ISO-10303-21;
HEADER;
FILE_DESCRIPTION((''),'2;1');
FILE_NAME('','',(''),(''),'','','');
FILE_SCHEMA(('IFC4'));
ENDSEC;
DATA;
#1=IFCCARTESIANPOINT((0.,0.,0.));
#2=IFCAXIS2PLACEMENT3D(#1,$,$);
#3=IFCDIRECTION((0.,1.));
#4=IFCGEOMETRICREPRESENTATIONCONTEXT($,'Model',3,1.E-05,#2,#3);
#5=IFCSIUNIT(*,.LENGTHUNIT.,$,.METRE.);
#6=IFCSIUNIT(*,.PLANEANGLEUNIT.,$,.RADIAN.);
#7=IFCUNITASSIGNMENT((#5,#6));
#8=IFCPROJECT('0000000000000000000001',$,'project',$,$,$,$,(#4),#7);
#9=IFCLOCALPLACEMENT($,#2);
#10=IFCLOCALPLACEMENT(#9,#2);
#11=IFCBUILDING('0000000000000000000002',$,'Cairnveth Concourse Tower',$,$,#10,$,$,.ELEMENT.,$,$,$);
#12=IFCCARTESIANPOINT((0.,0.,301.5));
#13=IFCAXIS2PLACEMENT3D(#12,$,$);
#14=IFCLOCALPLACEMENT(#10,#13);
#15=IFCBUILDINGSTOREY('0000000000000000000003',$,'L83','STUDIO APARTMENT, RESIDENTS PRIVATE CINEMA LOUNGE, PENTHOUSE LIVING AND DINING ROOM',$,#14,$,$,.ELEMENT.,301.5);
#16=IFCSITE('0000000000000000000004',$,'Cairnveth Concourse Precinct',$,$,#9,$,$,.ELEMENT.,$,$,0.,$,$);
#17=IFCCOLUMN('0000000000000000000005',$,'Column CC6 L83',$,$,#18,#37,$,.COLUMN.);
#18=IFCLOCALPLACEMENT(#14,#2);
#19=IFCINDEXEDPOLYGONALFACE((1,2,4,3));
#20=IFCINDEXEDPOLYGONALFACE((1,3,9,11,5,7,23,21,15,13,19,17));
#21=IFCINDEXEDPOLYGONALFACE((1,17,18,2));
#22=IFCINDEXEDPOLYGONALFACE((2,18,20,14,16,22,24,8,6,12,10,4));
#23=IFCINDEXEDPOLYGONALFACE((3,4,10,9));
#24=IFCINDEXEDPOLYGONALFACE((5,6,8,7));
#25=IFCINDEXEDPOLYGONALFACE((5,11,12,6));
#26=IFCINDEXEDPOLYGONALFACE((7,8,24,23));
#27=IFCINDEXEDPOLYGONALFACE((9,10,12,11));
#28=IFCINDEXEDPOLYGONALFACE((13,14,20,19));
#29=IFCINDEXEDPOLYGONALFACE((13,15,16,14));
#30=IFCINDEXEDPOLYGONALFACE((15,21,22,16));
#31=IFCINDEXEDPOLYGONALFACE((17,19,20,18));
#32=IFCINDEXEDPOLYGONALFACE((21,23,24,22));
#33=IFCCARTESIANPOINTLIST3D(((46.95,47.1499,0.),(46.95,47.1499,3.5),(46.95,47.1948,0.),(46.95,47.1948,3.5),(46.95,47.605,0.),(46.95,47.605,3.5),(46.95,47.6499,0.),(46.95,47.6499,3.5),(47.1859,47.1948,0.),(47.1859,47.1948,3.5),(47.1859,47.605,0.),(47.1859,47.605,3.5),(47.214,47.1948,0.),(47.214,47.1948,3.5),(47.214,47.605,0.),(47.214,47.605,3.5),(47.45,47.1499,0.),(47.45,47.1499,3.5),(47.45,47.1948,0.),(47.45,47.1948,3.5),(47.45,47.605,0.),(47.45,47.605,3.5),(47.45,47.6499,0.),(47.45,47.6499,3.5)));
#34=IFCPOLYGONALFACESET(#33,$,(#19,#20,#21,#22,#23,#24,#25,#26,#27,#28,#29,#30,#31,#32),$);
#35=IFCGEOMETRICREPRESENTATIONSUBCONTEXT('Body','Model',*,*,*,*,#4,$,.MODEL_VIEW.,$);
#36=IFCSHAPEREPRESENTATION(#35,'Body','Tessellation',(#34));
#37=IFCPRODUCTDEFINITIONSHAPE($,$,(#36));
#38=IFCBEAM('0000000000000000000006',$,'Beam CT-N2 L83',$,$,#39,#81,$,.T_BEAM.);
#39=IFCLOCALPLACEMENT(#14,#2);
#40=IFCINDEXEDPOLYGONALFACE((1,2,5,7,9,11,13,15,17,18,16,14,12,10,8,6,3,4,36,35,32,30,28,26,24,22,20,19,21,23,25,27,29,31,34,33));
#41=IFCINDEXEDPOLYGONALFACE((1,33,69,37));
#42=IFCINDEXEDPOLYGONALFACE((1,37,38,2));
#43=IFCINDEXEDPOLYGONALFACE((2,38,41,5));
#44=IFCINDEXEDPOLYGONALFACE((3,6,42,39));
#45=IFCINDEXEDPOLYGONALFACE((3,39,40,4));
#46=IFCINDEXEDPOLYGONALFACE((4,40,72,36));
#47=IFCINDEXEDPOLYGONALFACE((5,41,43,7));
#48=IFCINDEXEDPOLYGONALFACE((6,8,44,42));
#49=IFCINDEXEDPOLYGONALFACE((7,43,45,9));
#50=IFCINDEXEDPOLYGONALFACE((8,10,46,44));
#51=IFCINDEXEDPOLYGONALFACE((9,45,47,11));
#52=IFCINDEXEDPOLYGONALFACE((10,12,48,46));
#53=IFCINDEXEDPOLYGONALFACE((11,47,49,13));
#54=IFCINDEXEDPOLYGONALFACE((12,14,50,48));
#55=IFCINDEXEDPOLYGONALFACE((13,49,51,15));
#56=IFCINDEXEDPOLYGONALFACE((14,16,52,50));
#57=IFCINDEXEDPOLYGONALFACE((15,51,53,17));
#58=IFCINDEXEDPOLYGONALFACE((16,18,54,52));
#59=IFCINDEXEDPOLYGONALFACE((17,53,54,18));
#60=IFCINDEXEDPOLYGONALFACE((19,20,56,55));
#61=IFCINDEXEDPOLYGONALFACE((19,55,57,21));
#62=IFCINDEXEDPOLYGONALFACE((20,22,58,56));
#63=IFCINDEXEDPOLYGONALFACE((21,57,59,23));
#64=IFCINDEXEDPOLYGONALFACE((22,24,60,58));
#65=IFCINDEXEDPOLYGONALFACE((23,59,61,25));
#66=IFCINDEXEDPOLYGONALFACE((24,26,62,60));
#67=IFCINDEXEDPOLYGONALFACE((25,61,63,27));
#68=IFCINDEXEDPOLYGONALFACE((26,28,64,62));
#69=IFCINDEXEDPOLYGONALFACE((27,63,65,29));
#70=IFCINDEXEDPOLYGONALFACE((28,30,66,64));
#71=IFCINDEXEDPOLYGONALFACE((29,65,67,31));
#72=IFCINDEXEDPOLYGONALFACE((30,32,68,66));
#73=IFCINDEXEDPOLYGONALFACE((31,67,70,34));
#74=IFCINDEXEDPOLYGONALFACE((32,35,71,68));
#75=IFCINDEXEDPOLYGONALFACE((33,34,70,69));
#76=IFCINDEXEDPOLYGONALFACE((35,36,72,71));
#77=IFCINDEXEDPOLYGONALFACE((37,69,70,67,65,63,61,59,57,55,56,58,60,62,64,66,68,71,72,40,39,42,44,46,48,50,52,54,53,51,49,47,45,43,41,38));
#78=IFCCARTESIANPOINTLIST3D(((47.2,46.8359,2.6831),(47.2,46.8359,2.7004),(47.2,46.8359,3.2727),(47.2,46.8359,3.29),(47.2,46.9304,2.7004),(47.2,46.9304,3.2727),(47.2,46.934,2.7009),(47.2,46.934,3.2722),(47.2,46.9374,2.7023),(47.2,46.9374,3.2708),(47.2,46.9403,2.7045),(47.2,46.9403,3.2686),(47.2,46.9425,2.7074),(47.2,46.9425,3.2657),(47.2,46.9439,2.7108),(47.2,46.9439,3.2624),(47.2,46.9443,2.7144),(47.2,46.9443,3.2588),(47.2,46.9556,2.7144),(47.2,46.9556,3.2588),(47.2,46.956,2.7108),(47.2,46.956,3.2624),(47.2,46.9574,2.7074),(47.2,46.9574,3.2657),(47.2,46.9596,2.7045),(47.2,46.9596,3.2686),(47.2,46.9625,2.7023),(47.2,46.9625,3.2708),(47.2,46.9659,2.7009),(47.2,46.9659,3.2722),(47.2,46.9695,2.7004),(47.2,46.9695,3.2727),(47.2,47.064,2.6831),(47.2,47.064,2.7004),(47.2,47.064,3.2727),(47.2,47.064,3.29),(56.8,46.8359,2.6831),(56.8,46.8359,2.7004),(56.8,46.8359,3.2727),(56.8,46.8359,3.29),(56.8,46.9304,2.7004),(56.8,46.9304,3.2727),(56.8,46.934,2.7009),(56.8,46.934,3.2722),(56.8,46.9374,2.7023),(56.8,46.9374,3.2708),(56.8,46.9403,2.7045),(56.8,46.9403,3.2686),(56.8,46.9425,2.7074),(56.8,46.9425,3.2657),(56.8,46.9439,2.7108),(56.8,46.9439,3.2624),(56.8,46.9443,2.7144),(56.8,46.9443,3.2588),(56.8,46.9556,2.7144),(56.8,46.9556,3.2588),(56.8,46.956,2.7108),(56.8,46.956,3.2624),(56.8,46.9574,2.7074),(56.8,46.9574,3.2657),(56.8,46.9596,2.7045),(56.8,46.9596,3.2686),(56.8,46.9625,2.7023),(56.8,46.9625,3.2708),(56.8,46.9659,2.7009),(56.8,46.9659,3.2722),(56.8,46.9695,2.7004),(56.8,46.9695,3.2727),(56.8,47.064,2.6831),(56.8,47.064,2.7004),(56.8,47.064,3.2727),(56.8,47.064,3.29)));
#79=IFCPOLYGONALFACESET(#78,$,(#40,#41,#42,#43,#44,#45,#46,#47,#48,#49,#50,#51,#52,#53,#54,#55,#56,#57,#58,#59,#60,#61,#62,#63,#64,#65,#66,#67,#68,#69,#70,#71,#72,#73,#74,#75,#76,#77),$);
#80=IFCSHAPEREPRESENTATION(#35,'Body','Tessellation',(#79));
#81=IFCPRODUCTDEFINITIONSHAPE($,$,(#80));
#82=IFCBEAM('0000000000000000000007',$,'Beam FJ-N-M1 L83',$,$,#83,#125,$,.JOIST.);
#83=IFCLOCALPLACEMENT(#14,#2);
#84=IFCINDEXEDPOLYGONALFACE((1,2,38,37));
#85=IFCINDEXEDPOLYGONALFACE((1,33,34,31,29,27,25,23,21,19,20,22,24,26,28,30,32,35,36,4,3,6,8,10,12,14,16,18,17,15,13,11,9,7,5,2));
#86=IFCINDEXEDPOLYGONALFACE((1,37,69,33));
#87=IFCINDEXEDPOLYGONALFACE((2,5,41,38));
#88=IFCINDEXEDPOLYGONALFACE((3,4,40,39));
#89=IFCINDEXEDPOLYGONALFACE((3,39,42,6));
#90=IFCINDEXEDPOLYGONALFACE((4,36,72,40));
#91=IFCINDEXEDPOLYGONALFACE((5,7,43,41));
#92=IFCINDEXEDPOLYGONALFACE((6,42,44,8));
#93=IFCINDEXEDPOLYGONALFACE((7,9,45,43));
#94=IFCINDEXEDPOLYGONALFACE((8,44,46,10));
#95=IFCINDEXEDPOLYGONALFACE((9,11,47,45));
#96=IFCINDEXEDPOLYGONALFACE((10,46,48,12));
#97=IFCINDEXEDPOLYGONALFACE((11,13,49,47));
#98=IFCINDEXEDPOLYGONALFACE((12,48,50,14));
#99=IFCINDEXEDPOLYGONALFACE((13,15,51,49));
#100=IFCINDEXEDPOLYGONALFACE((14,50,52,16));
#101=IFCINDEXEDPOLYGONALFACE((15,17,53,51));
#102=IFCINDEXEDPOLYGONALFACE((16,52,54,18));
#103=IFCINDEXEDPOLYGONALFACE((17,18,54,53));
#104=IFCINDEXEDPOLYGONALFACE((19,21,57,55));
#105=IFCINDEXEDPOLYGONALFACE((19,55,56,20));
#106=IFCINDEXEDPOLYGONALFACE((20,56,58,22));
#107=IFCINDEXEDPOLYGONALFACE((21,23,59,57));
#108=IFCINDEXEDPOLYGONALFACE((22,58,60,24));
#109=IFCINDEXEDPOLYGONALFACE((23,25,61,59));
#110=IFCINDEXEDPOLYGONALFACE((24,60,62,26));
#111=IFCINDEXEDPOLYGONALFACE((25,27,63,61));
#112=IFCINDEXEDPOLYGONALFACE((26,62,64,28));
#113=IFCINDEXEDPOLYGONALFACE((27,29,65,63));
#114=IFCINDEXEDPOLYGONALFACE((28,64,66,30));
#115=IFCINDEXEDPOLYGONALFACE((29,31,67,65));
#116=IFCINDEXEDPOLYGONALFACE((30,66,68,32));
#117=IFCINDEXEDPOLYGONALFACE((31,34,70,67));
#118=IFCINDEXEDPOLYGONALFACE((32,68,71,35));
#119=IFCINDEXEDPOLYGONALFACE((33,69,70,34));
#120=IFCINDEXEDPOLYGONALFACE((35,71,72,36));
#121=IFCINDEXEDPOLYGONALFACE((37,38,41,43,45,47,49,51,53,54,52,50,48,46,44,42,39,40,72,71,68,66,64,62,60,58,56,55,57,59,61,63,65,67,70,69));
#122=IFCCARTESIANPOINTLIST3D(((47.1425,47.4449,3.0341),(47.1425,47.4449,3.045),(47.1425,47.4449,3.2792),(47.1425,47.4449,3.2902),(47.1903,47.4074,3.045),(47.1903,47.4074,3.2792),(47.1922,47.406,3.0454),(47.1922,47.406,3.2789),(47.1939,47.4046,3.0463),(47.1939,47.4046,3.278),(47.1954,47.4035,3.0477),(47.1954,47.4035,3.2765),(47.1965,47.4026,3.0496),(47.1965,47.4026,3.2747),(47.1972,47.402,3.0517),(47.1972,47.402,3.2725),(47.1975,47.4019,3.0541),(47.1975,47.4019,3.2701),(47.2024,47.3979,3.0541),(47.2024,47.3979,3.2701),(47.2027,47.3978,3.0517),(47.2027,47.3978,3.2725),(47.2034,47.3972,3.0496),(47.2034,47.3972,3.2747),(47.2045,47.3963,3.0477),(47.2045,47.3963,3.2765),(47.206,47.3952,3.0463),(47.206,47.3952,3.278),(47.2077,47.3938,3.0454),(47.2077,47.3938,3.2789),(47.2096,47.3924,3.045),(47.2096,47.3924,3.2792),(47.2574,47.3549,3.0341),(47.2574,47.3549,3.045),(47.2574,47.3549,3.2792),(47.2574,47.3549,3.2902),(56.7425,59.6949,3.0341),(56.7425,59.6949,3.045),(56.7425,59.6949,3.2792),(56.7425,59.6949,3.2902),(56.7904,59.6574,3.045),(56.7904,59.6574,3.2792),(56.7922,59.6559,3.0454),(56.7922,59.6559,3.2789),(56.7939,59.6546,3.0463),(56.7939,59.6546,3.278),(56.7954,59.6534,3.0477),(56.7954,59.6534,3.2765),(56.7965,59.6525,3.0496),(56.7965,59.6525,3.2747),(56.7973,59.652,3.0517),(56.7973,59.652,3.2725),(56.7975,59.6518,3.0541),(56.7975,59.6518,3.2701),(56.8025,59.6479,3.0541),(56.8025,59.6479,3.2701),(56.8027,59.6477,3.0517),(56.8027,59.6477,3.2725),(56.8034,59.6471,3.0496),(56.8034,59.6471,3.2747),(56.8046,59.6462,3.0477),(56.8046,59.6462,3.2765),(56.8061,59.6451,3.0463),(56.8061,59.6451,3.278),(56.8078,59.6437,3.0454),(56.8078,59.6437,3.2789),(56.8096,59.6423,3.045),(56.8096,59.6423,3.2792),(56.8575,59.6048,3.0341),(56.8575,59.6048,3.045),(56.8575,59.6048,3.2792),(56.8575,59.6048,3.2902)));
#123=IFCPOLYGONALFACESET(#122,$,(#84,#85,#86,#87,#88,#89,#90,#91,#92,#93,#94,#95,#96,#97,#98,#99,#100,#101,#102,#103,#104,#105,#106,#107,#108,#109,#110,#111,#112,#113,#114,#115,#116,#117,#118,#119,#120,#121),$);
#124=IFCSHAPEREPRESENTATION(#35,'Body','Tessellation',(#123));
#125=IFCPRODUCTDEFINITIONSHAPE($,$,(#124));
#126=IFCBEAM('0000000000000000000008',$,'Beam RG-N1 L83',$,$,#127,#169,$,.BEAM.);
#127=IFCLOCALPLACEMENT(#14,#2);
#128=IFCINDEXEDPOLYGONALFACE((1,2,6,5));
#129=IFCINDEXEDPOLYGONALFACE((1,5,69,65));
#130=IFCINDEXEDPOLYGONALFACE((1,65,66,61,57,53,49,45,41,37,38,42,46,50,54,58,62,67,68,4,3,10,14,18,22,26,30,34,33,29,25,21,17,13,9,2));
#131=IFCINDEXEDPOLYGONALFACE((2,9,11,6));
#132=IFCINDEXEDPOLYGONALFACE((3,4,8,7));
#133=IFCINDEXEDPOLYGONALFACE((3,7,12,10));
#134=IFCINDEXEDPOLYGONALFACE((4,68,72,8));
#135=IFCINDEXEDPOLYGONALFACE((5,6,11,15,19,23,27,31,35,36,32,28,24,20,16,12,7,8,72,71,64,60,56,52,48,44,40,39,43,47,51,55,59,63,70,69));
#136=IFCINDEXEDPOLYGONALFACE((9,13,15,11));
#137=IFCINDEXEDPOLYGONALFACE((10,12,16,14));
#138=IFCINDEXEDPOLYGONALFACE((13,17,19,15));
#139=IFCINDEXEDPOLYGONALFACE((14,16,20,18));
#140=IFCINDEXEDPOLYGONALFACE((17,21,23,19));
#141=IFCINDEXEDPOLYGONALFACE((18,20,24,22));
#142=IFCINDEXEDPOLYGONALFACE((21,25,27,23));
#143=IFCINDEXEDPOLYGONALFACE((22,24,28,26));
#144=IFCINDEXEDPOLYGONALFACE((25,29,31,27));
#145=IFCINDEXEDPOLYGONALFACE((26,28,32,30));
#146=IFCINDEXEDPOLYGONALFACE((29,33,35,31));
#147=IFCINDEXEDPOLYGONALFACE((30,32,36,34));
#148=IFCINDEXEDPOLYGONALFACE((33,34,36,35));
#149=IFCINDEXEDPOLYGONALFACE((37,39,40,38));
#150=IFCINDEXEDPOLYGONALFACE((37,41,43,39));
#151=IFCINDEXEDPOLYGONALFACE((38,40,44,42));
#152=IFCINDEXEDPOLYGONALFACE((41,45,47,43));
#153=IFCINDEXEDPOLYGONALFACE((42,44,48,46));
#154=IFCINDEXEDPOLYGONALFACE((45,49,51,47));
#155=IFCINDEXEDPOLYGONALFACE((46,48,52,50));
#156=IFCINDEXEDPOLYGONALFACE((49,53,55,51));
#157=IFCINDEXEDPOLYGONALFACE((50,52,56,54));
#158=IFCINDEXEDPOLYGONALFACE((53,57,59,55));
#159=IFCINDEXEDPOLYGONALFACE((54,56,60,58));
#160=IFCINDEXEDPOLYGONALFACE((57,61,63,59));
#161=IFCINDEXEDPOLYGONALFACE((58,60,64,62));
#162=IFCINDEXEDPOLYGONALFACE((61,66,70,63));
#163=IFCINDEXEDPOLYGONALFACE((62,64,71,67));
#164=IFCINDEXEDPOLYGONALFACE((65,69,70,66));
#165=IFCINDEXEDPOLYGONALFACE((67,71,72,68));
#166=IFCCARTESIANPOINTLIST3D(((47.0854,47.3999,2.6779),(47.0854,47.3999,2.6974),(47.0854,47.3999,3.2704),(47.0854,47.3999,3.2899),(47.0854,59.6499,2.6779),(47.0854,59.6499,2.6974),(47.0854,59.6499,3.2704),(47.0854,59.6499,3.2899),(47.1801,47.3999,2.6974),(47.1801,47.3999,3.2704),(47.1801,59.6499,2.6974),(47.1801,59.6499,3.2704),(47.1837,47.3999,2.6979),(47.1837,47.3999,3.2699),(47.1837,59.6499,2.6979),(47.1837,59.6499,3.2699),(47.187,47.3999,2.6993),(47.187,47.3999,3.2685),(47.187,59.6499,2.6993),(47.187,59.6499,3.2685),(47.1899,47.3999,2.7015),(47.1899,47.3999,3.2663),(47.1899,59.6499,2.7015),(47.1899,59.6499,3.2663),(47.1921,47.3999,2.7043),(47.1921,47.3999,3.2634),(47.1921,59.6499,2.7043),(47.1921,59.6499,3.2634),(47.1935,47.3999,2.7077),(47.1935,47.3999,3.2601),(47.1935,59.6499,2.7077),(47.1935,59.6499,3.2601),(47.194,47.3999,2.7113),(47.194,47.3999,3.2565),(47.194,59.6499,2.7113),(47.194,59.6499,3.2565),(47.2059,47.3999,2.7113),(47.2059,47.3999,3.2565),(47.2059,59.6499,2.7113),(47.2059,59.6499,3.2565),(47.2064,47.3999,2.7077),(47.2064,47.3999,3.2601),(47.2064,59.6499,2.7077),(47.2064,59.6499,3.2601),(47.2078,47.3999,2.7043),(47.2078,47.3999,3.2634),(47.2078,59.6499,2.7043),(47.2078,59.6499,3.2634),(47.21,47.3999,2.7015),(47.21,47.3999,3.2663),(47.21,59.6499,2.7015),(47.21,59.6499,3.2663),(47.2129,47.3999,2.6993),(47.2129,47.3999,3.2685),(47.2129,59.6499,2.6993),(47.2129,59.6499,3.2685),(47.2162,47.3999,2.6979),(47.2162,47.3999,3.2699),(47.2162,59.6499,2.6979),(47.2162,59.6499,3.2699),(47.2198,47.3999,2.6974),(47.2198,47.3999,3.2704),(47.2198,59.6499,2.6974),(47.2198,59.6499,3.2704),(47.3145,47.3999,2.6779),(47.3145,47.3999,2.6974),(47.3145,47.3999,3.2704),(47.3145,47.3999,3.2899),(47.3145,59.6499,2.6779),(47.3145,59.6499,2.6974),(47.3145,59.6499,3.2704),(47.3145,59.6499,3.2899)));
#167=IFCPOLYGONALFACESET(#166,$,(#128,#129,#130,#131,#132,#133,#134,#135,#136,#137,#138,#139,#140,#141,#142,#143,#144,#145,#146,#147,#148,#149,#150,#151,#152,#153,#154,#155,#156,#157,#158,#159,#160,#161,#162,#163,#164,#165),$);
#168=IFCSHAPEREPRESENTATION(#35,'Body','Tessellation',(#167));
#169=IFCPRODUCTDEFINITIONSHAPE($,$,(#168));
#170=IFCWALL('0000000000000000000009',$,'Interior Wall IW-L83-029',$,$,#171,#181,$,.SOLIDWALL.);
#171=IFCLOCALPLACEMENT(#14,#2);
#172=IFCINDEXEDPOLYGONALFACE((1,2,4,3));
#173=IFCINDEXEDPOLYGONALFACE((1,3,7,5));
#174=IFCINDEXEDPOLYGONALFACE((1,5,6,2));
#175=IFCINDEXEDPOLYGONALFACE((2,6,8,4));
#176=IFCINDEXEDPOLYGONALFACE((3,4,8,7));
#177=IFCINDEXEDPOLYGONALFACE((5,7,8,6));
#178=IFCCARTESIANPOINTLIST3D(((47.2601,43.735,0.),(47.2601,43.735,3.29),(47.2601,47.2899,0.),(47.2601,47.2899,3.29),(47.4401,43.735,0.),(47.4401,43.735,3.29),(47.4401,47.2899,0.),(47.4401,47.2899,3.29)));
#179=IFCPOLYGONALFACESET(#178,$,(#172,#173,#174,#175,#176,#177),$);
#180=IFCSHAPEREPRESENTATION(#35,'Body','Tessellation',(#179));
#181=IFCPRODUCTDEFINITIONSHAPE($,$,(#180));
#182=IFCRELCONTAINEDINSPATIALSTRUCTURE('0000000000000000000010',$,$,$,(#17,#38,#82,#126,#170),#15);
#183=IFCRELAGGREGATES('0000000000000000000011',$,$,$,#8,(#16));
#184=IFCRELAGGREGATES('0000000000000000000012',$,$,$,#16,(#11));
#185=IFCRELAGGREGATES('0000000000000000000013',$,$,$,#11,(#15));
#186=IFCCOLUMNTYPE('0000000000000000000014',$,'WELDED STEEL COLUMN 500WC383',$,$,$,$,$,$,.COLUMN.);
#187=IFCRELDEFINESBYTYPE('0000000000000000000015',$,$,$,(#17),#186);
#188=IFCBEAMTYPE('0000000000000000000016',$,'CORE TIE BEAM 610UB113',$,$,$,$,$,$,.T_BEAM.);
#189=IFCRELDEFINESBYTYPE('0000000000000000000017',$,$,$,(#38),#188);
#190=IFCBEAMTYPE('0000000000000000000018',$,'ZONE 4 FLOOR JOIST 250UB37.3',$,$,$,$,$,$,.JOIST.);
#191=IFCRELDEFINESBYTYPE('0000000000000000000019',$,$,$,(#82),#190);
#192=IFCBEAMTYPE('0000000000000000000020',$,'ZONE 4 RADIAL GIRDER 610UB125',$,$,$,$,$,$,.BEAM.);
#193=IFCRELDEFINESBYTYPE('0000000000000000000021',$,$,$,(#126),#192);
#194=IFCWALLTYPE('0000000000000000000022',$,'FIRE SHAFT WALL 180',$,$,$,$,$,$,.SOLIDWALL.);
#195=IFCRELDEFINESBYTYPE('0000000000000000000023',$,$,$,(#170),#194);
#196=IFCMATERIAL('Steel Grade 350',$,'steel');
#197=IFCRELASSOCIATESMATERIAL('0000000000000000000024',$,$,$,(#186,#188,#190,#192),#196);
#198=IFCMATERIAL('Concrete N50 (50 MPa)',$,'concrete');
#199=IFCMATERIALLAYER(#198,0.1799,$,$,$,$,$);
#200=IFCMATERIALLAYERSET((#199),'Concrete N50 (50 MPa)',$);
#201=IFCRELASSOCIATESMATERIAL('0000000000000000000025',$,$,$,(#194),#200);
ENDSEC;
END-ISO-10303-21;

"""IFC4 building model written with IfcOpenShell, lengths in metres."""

from ifc_helpers import new_model, si_unit, direction, frame, frame_2d, origin, origin_2d, place, context, subcontext, project, spatial, rectangle, i_section, extrude, material, layer, layer_set, material_profile, profile_set, type_object, element, save


model = new_model("IFC4")

# Units and contexts
model_context = context("Model", 3, precision=1e-05, world=origin(), true_north=direction((0.0, 1.0)))
body_context = subcontext(model_context, "Body", "Model", "MODEL_VIEW")
ifc_project = project(units=[si_unit("LENGTHUNIT", "METRE"), si_unit("PLANEANGLEUNIT", "RADIAN")], contexts=[model_context])

# Site, building, storey
site_placement = place(None, origin())
site = spatial("IfcSite", under=ifc_project, at=site_placement, Name="Cairnveth Concourse Precinct", CompositionType="ELEMENT", RefElevation=0.0)
building_placement = place(site_placement, origin())
building = spatial("IfcBuilding", under=site, at=building_placement, Name="Cairnveth Concourse Tower", CompositionType="ELEMENT")
storey_placement = place(building_placement, frame((0.0, 0.0, 301.5)))
storey = spatial("IfcBuildingStorey", under=building, at=storey_placement, Name="L83", Description="STUDIO APARTMENT, RESIDENTS PRIVATE CINEMA LOUNGE, PENTHOUSE LIVING AND DINING ROOM", CompositionType="ELEMENT", Elevation=301.5)

# Column
ifc_material_1 = material(Name="Steel Grade 350", Category="steel")
ifc_material_profile_1 = material_profile(ifc_material_1, i_section(OverallWidth=0.5, OverallDepth=0.5, WebThickness=0.0281, FlangeThickness=0.0449, at=origin_2d()), Name="500WC383")
ifc_profile_set_1 = profile_set([ifc_material_profile_1], Name="Steel Grade 350")
column_type = type_object("IfcColumnType", Name="WELDED STEEL COLUMN 500WC383", PredefinedType="COLUMN", material=ifc_profile_set_1)
column_placement = place(storey_placement, frame((47.2, 47.3999, 0.0), z_axis=(0.0, 0.0, 1.0), x_axis=(1.0, 0.0, 0.0)))
element("IfcColumn", 1, at=column_placement, inside=storey, type_object=column_type, Name="Column CC6 L83", PredefinedType="COLUMN", context=body_context, shape_type="SweptSolid", body=[
    extrude(i_section(OverallWidth=0.5, OverallDepth=0.5, WebThickness=0.0281, FlangeThickness=0.0449, at=origin_2d()), origin(), (0.0, 0.0, 1.0), 3.5),
])

# Beams
ifc_material_profile_2 = material_profile(ifc_material_1, i_section(OverallWidth=0.228, OverallDepth=0.6069, WebThickness=0.0112, FlangeThickness=0.0173, FilletRadius=0.0139, at=origin_2d()), Name="610UB113")
ifc_profile_set_2 = profile_set([ifc_material_profile_2], Name="Steel Grade 350")
beam_type_1 = type_object("IfcBeamType", Name="CORE TIE BEAM 610UB113", PredefinedType="T_BEAM", material=ifc_profile_set_2)
beam_1_placement = place(storey_placement, frame((47.2, 46.95, 2.9866), z_axis=(1.0, 0.0, 0.0), x_axis=(0.0, 1.0, 0.0)))
element("IfcBeam", 2, at=beam_1_placement, inside=storey, type_object=beam_type_1, Name="Beam CT-N2 L83", PredefinedType="T_BEAM", context=body_context, shape_type="SweptSolid", body=[
    extrude(i_section(OverallWidth=0.228, OverallDepth=0.6069, WebThickness=0.0112, FlangeThickness=0.0173, FilletRadius=0.0139, at=origin_2d()), origin(), (0.0, 0.0, 1.0), 9.6001),
])
ifc_material_profile_3 = material_profile(ifc_material_1, i_section(OverallWidth=0.146, OverallDepth=0.2561, WebThickness=0.0063, FlangeThickness=0.011, FilletRadius=0.009, at=origin_2d()), Name="250UB37.3")
ifc_profile_set_3 = profile_set([ifc_material_profile_3], Name="Steel Grade 350")
beam_type_2 = type_object("IfcBeamType", Name="ZONE 4 FLOOR JOIST 250UB37.3", PredefinedType="JOIST", material=ifc_profile_set_3)
beam_2_placement = place(storey_placement, frame((47.2, 47.3999, 3.1621), z_axis=(0.616832, 0.787095, 0.0), x_axis=(-0.787095, 0.616832, 0.0)))
element("IfcBeam", 3, at=beam_2_placement, inside=storey, type_object=beam_type_2, Name="Beam FJ-N-M1 L83", PredefinedType="JOIST", context=body_context, shape_type="SweptSolid", body=[
    extrude(i_section(OverallWidth=0.146, OverallDepth=0.2561, WebThickness=0.0063, FlangeThickness=0.011, FilletRadius=0.009, at=origin_2d()), origin(), (0.0, 0.0, 1.0), 15.5635),
])
ifc_material_profile_4 = material_profile(ifc_material_1, i_section(OverallWidth=0.229, OverallDepth=0.6121, WebThickness=0.012, FlangeThickness=0.0195, FilletRadius=0.0139, at=origin_2d()), Name="610UB125")
ifc_profile_set_4 = profile_set([ifc_material_profile_4], Name="Steel Grade 350")
beam_type_3 = type_object("IfcBeamType", Name="ZONE 4 RADIAL GIRDER 610UB125", PredefinedType="BEAM", material=ifc_profile_set_4)
beam_3_placement = place(storey_placement, frame((47.2, 47.3999, 2.9839), z_axis=(0.0, 1.0, 0.0), x_axis=(-1.0, 0.0, 0.0)))
element("IfcBeam", 4, at=beam_3_placement, inside=storey, type_object=beam_type_3, Name="Beam RG-N1 L83", PredefinedType="BEAM", context=body_context, shape_type="SweptSolid", body=[
    extrude(i_section(OverallWidth=0.229, OverallDepth=0.6121, WebThickness=0.012, FlangeThickness=0.0195, FilletRadius=0.0139, at=origin_2d()), origin(), (0.0, 0.0, 1.0), 12.25),
])

# Wall
ifc_material_2 = material(Name="Concrete N50 (50 MPa)", Category="concrete")
ifc_layer_1 = layer(ifc_material_2, 0.1799)
ifc_layer_set_1 = layer_set([ifc_layer_1], Name="Concrete N50 (50 MPa)")
wall_type_1 = type_object("IfcWallType", Name="FIRE SHAFT WALL 180", PredefinedType="SOLIDWALL", material=ifc_layer_set_1)
wall_1_placement = place(storey_placement, frame((47.3501, 43.7351, 0.0), z_axis=(0.0, 0.0, 1.0), x_axis=(0.0, 1.0, 0.0)))
element("IfcWall", 5, at=wall_1_placement, inside=storey, type_object=wall_type_1, Name="Interior Wall IW-L83-029", PredefinedType="SOLIDWALL", context=body_context, shape_type="SweptSolid", body=[
    extrude(rectangle(XDim=3.5549, YDim=0.1799, at=frame_2d((1.7773, 0.0))), origin(), (0.0, 0.0, 1.0), 3.29),
])

save(model, "model.ifc")
